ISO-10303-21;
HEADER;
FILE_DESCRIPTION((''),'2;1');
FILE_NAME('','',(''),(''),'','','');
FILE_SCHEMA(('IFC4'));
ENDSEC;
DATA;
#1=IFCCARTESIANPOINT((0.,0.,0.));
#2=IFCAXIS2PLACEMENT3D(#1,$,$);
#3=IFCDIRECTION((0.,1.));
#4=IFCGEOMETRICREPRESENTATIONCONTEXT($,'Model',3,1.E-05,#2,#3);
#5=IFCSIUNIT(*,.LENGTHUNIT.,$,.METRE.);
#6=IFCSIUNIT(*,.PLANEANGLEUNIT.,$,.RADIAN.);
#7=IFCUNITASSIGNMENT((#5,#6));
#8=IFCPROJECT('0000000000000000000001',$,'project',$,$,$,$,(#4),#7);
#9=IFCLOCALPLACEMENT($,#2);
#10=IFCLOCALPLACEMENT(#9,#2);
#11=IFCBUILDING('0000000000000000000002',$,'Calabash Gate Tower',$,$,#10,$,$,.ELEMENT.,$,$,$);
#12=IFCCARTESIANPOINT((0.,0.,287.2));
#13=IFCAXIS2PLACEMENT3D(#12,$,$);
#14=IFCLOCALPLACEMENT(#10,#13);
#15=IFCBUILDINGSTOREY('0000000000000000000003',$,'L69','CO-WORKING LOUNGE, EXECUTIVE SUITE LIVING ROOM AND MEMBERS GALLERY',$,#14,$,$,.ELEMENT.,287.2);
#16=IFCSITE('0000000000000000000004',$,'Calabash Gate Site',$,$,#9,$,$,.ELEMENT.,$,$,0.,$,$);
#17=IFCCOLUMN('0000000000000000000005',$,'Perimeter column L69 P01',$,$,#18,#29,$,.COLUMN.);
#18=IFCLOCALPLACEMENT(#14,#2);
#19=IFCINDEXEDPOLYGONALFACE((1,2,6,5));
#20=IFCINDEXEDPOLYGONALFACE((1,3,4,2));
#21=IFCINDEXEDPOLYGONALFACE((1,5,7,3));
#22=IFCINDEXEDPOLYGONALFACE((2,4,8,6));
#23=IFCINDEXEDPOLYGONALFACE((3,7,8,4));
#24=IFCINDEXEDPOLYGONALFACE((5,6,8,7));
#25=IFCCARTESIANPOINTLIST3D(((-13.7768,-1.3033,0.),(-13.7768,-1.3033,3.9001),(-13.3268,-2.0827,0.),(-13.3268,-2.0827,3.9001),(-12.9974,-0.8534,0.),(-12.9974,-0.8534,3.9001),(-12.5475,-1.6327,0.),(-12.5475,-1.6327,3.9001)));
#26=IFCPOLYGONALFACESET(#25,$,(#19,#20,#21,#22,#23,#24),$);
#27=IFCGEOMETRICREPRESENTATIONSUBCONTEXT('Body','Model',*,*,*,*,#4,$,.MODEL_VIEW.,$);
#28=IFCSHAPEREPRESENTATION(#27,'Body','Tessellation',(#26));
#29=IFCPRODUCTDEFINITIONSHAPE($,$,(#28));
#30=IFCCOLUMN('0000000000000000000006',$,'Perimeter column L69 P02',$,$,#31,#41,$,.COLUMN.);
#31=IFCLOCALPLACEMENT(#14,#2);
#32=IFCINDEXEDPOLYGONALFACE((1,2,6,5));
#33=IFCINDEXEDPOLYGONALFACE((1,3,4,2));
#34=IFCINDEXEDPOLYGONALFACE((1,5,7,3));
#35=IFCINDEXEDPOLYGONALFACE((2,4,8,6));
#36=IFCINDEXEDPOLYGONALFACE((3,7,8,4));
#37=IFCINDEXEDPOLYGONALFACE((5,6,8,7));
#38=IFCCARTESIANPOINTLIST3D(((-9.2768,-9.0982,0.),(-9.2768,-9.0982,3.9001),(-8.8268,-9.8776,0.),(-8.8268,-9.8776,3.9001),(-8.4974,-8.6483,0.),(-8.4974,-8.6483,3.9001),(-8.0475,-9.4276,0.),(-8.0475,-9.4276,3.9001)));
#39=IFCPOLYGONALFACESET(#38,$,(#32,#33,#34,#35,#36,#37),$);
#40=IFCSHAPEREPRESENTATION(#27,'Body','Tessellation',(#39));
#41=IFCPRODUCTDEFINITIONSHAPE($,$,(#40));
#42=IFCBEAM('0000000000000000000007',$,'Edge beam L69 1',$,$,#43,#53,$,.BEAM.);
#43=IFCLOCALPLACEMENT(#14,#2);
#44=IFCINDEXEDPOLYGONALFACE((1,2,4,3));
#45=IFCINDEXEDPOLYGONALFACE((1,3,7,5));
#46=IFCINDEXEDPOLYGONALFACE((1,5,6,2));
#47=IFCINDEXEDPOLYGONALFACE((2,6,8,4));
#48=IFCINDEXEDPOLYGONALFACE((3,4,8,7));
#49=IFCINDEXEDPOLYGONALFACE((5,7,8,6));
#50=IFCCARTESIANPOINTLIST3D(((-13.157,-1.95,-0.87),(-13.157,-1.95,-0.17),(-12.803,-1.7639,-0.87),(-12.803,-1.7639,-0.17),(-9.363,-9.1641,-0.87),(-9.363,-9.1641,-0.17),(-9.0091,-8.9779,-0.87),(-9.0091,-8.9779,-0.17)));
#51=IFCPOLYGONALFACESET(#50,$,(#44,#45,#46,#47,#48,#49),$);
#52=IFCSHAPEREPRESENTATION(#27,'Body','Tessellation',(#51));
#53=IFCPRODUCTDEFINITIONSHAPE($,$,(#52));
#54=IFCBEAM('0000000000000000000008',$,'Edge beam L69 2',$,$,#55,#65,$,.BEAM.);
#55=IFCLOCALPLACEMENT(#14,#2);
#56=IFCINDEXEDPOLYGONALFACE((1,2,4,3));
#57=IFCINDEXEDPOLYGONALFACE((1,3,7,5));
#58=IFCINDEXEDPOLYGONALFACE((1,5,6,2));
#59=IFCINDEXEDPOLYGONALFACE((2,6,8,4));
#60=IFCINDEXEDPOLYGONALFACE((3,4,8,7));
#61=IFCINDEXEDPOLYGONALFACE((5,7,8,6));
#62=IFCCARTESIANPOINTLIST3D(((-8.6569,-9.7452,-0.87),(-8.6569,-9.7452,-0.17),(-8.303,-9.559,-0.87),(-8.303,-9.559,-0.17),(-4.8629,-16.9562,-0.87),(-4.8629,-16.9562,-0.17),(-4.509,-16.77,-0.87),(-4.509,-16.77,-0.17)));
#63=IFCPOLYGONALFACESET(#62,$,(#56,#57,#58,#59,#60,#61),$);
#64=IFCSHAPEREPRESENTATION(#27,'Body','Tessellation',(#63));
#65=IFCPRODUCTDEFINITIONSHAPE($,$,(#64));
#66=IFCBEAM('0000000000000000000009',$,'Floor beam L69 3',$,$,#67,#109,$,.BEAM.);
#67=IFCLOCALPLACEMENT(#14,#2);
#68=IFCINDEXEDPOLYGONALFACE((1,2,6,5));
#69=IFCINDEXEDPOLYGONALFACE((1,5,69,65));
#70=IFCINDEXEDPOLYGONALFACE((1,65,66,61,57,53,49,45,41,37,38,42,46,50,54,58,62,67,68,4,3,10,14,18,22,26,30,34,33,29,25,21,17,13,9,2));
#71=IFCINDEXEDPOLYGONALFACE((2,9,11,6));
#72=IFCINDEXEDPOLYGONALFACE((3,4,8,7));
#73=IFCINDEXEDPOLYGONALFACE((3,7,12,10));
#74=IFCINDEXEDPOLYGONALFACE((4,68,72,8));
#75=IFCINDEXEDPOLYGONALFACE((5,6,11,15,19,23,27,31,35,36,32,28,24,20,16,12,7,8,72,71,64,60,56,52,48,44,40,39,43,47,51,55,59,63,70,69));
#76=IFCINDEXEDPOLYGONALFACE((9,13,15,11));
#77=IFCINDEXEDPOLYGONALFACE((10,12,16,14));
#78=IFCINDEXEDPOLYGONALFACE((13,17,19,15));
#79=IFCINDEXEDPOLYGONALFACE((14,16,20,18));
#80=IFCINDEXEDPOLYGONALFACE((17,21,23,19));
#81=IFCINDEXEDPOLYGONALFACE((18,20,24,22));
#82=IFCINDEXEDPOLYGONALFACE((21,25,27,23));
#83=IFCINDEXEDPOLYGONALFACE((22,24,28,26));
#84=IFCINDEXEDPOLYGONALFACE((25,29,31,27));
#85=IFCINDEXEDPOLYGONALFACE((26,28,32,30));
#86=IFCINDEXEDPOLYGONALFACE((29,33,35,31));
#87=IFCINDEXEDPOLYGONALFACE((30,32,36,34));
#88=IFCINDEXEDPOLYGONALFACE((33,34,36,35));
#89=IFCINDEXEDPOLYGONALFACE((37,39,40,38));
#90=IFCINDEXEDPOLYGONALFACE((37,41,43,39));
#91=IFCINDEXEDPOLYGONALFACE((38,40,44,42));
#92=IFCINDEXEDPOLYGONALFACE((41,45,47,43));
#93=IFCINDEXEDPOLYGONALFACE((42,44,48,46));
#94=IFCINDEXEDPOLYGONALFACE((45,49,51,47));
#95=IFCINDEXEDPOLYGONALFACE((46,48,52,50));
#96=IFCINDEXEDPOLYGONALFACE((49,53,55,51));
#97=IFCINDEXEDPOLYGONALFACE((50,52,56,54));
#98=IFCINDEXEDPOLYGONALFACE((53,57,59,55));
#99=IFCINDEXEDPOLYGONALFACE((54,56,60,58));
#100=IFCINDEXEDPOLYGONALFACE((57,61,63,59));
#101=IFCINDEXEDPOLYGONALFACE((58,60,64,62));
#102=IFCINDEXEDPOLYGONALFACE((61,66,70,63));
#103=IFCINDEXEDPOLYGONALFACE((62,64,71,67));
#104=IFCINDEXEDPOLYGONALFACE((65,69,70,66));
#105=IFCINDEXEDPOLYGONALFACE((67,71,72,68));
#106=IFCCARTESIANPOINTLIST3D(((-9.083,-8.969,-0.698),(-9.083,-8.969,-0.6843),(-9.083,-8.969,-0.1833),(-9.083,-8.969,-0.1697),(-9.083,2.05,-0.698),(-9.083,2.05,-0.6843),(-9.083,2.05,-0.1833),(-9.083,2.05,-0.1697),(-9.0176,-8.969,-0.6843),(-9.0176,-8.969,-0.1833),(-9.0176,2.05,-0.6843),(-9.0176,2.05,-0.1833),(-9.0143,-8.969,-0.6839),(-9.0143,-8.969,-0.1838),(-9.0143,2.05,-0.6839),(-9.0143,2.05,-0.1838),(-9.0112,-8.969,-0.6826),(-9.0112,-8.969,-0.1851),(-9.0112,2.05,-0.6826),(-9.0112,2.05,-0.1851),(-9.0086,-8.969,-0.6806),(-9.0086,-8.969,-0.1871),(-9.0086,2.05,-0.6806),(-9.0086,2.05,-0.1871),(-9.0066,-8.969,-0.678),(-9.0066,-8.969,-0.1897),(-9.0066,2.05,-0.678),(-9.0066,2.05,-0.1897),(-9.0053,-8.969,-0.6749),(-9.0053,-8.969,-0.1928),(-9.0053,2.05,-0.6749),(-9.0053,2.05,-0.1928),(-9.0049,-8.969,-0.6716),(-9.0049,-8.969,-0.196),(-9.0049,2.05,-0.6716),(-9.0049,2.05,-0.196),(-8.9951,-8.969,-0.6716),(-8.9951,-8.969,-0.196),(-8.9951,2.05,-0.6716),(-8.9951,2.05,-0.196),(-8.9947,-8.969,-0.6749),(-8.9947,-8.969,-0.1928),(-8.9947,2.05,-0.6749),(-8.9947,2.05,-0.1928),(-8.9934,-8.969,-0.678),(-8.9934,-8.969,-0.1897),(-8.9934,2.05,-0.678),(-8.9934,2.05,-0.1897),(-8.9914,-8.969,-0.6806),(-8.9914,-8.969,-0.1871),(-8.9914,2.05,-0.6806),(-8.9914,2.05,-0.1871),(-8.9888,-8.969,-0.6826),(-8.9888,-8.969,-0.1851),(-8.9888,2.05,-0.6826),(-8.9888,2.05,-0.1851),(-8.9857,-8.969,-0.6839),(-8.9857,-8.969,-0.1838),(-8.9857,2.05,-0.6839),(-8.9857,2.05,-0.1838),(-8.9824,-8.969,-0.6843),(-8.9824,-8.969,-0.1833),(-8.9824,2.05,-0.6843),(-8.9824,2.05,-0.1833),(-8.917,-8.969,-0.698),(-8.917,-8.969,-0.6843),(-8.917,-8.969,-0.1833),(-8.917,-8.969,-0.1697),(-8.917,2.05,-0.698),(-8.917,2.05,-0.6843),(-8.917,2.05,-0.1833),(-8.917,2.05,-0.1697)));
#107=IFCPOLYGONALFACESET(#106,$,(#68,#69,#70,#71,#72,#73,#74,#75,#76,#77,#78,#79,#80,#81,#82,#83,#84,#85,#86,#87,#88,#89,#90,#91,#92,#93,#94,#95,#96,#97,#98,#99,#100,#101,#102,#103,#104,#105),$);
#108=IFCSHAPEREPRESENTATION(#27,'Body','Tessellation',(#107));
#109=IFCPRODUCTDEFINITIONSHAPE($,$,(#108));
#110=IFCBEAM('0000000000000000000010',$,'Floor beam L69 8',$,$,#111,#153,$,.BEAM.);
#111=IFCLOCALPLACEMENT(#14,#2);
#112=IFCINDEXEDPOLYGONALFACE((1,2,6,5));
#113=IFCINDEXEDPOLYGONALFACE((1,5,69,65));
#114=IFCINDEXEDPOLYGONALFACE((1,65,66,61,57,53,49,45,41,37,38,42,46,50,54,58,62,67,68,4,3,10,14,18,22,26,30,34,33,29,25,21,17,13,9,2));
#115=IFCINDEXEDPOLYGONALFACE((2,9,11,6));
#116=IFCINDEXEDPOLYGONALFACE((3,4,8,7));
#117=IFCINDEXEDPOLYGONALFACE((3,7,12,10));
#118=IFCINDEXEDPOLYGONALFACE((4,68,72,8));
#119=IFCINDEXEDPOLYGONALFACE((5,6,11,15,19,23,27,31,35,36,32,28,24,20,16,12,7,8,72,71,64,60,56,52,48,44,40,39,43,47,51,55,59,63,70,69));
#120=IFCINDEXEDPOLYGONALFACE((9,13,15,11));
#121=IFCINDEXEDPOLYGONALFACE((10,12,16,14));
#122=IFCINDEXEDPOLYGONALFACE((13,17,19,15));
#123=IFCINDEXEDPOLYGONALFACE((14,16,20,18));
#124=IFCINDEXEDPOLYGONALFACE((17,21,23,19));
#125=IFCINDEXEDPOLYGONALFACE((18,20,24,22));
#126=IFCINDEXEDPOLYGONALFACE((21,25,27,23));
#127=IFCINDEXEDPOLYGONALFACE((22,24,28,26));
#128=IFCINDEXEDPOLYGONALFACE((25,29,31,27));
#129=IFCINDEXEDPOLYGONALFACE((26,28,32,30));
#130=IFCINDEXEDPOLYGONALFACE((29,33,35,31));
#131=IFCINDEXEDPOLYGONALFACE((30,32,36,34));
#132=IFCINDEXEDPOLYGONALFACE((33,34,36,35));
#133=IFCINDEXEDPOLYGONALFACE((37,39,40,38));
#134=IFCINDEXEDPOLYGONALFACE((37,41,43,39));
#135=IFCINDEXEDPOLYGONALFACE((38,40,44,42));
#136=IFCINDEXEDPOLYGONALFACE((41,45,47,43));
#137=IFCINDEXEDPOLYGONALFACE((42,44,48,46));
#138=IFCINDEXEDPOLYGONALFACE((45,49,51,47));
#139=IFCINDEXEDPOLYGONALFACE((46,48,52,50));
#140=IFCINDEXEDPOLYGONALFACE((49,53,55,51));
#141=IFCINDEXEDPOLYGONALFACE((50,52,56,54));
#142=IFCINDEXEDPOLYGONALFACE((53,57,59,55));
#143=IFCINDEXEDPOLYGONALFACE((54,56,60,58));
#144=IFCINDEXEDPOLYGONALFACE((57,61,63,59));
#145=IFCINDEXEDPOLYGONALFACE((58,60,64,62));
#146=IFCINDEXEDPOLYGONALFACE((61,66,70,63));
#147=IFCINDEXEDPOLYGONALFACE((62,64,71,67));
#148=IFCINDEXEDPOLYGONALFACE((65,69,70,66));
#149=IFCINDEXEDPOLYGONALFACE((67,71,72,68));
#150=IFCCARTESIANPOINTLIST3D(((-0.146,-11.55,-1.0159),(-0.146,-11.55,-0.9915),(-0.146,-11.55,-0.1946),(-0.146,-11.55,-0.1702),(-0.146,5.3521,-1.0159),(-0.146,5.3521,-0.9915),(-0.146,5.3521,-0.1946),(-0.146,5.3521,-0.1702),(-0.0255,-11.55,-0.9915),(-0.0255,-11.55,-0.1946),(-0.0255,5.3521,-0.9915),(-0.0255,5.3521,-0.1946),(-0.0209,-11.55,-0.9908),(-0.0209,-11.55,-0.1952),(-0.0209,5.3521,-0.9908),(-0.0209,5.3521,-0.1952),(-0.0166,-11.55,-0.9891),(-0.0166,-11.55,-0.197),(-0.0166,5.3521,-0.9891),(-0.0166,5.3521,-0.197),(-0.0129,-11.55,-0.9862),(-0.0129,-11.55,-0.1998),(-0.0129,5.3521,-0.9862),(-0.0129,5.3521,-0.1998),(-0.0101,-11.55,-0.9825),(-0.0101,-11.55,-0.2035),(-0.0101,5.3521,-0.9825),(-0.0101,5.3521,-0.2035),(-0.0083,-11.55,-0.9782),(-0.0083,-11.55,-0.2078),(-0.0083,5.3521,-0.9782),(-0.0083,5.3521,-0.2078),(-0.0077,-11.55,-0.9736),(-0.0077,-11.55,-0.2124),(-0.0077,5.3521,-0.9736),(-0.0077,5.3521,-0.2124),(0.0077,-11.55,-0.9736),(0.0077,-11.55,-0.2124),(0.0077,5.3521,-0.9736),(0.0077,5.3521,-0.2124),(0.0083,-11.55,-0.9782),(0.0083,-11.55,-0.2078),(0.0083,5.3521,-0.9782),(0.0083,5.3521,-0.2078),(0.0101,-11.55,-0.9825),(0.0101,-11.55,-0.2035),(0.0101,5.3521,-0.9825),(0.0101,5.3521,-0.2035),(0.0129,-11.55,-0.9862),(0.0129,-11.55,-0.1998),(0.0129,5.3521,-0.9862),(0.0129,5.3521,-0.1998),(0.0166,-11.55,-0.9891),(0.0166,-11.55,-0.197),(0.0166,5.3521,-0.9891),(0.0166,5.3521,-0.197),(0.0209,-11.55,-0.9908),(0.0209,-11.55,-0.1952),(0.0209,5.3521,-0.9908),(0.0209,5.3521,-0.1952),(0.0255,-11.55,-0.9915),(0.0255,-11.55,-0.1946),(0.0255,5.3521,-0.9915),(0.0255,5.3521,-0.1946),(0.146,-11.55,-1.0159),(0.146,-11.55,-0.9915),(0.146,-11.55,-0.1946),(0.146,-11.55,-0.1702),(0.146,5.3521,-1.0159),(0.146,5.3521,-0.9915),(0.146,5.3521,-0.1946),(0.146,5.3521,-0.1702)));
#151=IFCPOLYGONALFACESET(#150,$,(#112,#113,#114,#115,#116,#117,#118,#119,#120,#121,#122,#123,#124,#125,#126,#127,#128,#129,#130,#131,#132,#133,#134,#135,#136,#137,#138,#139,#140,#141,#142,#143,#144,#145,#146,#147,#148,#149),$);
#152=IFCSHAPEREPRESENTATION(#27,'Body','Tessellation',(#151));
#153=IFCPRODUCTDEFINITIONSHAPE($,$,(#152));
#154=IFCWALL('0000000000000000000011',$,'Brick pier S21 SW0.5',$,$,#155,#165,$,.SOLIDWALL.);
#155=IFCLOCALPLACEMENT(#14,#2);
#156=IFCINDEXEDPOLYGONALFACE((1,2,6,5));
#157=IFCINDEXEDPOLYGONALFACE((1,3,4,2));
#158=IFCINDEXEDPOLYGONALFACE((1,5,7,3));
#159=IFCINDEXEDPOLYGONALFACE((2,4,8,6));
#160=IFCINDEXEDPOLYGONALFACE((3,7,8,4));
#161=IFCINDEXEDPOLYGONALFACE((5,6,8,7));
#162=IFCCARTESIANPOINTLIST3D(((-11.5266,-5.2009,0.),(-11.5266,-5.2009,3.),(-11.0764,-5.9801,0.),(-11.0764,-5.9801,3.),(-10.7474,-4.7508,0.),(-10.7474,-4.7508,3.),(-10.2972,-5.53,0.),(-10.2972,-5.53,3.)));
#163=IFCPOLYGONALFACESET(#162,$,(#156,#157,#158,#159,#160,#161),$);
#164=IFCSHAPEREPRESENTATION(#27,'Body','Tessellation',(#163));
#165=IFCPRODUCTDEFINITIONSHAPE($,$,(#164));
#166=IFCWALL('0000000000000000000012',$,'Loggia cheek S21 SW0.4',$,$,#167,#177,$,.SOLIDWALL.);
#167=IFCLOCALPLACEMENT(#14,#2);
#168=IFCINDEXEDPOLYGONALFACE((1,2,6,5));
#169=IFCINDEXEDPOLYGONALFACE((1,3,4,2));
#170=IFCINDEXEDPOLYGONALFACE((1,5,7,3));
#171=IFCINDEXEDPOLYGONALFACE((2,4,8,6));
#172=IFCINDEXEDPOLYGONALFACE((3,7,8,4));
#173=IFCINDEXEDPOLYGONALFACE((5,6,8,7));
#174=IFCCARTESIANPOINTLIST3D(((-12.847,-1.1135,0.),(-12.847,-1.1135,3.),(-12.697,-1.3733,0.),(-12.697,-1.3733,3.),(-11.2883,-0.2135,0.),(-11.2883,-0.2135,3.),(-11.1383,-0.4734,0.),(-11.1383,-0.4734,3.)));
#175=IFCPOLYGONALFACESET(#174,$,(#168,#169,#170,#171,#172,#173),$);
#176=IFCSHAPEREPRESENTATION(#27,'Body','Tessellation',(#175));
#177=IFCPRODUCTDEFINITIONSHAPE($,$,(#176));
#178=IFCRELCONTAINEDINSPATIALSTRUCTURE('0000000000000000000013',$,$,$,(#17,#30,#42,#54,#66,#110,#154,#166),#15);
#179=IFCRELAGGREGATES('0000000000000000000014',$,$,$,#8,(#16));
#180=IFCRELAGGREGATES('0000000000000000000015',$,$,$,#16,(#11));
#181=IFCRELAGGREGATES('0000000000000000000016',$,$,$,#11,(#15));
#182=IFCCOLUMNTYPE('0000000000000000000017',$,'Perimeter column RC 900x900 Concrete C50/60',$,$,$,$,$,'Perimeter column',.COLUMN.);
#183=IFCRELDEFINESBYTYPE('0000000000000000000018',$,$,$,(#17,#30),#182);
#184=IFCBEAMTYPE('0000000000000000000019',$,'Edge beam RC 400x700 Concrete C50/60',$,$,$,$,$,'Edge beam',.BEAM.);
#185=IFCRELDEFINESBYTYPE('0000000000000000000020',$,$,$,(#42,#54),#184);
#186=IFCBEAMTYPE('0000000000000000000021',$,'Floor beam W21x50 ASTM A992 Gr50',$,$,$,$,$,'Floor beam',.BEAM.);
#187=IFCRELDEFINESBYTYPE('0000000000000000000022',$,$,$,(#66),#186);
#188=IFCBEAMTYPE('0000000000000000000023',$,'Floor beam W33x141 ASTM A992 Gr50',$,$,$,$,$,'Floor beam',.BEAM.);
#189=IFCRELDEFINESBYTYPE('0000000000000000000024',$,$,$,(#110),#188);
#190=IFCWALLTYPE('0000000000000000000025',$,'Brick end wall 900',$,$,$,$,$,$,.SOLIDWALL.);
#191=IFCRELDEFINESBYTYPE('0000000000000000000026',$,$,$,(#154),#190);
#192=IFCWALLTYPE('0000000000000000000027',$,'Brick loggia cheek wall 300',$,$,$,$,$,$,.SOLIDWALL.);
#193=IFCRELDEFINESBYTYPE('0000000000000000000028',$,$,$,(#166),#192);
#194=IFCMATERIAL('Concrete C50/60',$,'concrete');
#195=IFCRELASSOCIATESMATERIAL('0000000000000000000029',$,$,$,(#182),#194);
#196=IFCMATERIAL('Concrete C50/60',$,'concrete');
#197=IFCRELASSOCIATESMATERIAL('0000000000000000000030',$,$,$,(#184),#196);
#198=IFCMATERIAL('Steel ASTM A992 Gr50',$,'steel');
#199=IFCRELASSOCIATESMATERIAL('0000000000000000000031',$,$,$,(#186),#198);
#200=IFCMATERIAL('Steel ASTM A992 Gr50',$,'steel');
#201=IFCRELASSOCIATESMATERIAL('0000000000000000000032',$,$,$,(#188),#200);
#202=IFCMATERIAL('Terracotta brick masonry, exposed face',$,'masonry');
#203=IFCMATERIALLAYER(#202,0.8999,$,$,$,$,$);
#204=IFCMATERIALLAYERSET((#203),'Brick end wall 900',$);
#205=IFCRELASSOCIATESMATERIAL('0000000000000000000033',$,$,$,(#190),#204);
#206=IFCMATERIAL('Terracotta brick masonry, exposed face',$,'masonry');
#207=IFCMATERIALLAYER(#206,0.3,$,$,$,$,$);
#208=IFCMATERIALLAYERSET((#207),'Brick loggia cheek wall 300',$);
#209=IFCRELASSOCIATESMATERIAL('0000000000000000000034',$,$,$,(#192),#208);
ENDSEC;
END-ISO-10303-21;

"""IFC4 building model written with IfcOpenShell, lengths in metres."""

from ifc_helpers import new_model, si_unit, direction, frame, frame_2d, origin, origin_2d, place, context, subcontext, project, spatial, rectangle, i_section, extrude, material, layer, layer_set, material_profile, profile_set, type_object, element, save


model = new_model("IFC4")

# Units and contexts
model_context = context("Model", 3, precision=1e-05, world=origin(), true_north=direction((0.0, 1.0)))
body_context = subcontext(model_context, "Body", "Model", "MODEL_VIEW")
ifc_project = project(units=[si_unit("LENGTHUNIT", "METRE"), si_unit("PLANEANGLEUNIT", "RADIAN")], contexts=[model_context])

# Site, building, storey
site_placement = place(None, origin())
site = spatial("IfcSite", under=ifc_project, at=site_placement, Name="Calabash Gate Site", CompositionType="ELEMENT", RefElevation=0.0)
building_placement = place(site_placement, origin())
building = spatial("IfcBuilding", under=site, at=building_placement, Name="Calabash Gate Tower", CompositionType="ELEMENT")
storey_placement = place(building_placement, frame((0.0, 0.0, 287.2)))
storey = spatial("IfcBuildingStorey", under=building, at=storey_placement, Name="L69", Description="CO-WORKING LOUNGE, EXECUTIVE SUITE LIVING ROOM AND MEMBERS GALLERY", CompositionType="ELEMENT", Elevation=287.2)

# Columns
ifc_material_1 = material(Name="Concrete C50/60", Category="concrete")
ifc_material_profile_1 = material_profile(ifc_material_1, rectangle(XDim=0.8999, YDim=0.8999, at=origin_2d()))
ifc_profile_set_1 = profile_set([ifc_material_profile_1], Name="Concrete C50/60")
column_type = type_object("IfcColumnType", Name="Perimeter column RC 900x900 Concrete C50/60", ElementType="Perimeter column", PredefinedType="COLUMN", material=ifc_profile_set_1)
for number, where, z_axis, x_axis, name in (
    (1, (-13.1621, -1.468, 0.0), (0.0, 0.0, 1.0), (0.5, -0.866025, 0.0), "Perimeter column L69 P01"),
    (2, (-8.6621, -9.2629, 0.0), (0.0, 0.0, 1.0), (0.5, -0.866025, 0.0), "Perimeter column L69 P02"),
):
    element("IfcColumn", number, at=place(storey_placement, frame(where, z_axis=z_axis, x_axis=x_axis)), inside=storey, type_object=column_type, Name=name, PredefinedType="COLUMN", context=body_context, shape_type="SweptSolid", body=[
        extrude(rectangle(XDim=0.8999, YDim=0.8999, at=origin_2d()), origin(), (0.0, 0.0, 1.0), 3.9001),
    ])

# Beams
ifc_material_2 = material(Name="Concrete C50/60", Category="concrete")
ifc_material_profile_2 = material_profile(ifc_material_2, rectangle(XDim=0.3999, YDim=0.7, at=origin_2d()))
ifc_profile_set_2 = profile_set([ifc_material_profile_2], Name="Concrete C50/60")
beam_type_1 = type_object("IfcBeamType", Name="Edge beam RC 400x700 Concrete C50/60", ElementType="Edge beam", PredefinedType="BEAM", material=ifc_profile_set_2)
beam_1_placement = place(storey_placement, frame((-12.98, -1.8569, -0.52), z_axis=(0.465462, -0.885068, 0.0), x_axis=(0.885068, 0.465462, 0.0)))
element("IfcBeam", 3, at=beam_1_placement, inside=storey, type_object=beam_type_1, Name="Edge beam L69 1", PredefinedType="BEAM", context=body_context, shape_type="SweptSolid", body=[
    extrude(rectangle(XDim=0.3999, YDim=0.7, at=origin_2d()), origin(), (0.0, 0.0, 1.0), 8.1509),
])
beam_2_placement = place(storey_placement, frame((-8.48, -9.6521, -0.52), z_axis=(0.465623, -0.884983, 0.0), x_axis=(0.884983, 0.465623, 0.0)))
element("IfcBeam", 4, at=beam_2_placement, inside=storey, type_object=beam_type_1, Name="Edge beam L69 2", PredefinedType="BEAM", context=body_context, shape_type="SweptSolid", body=[
    extrude(rectangle(XDim=0.3999, YDim=0.7, at=origin_2d()), origin(), (0.0, 0.0, 1.0), 8.1482),
])
ifc_material_3 = material(Name="Steel ASTM A992 Gr50", Category="steel")
ifc_material_profile_3 = material_profile(ifc_material_3, i_section(OverallWidth=0.166, OverallDepth=0.5283, WebThickness=0.0098, FlangeThickness=0.0137, FilletRadius=0.0127, at=origin_2d()))
ifc_profile_set_3 = profile_set([ifc_material_profile_3], Name="Steel ASTM A992 Gr50")
beam_type_2 = type_object("IfcBeamType", Name="Floor beam W21x50 ASTM A992 Gr50", ElementType="Floor beam", PredefinedType="BEAM", material=ifc_profile_set_3)
beam_3_placement = place(storey_placement, frame((-9.0, -8.969, -0.4338), z_axis=(0.0, 1.0, 0.0), x_axis=(-1.0, 0.0, 0.0)))
element("IfcBeam", 5, at=beam_3_placement, inside=storey, type_object=beam_type_2, Name="Floor beam L69 3", PredefinedType="BEAM", context=body_context, shape_type="SweptSolid", body=[
    extrude(i_section(OverallWidth=0.166, OverallDepth=0.5283, WebThickness=0.0098, FlangeThickness=0.0137, FilletRadius=0.0127, at=origin_2d()), origin(), (0.0, 0.0, 1.0), 11.019),
])
ifc_material_4 = material(Name="Steel ASTM A992 Gr50", Category="steel")
ifc_material_profile_4 = material_profile(ifc_material_4, i_section(OverallWidth=0.292, OverallDepth=0.8457, WebThickness=0.0154, FlangeThickness=0.0244, FilletRadius=0.0178, at=origin_2d()))
ifc_profile_set_4 = profile_set([ifc_material_profile_4], Name="Steel ASTM A992 Gr50")
beam_type_3 = type_object("IfcBeamType", Name="Floor beam W33x141 ASTM A992 Gr50", ElementType="Floor beam", PredefinedType="BEAM", material=ifc_profile_set_4)
beam_4_placement = place(storey_placement, frame((0.0, -11.55, -0.593), z_axis=(0.0, 1.0, 0.0), x_axis=(-1.0, 0.0, 0.0)))
element("IfcBeam", 6, at=beam_4_placement, inside=storey, type_object=beam_type_3, Name="Floor beam L69 8", PredefinedType="BEAM", context=body_context, shape_type="SweptSolid", body=[
    extrude(i_section(OverallWidth=0.292, OverallDepth=0.8457, WebThickness=0.0154, FlangeThickness=0.0244, FilletRadius=0.0178, at=origin_2d()), origin(), (0.0, 0.0, 1.0), 16.9021),
])

# Walls
ifc_material_5 = material(Name="Terracotta brick masonry, exposed face", Category="masonry")
ifc_layer_1 = layer(ifc_material_5, 0.8999)
ifc_layer_set_1 = layer_set([ifc_layer_1], Name="Brick end wall 900")
wall_type_1 = type_object("IfcWallType", Name="Brick end wall 900", PredefinedType="SOLIDWALL", material=ifc_layer_set_1)
wall_1_placement = place(storey_placement, frame((-11.137, -4.9758, 0.0), z_axis=(0.0, 0.0, 1.0), x_axis=(0.500223, -0.865896, 0.0)))
element("IfcWall", 7, at=wall_1_placement, inside=storey, type_object=wall_type_1, Name="Brick pier S21 SW0.5", PredefinedType="SOLIDWALL", context=body_context, shape_type="SweptSolid", body=[
    extrude(rectangle(XDim=0.8999, YDim=0.8999, at=frame_2d((0.45, 0.0))), origin(), (0.0, 0.0, 1.0), 3.0),
])
ifc_material_6 = material(Name="Terracotta brick masonry, exposed face", Category="masonry")
ifc_layer_2 = layer(ifc_material_6, 0.3)
ifc_layer_set_2 = layer_set([ifc_layer_2], Name="Brick loggia cheek wall 300")
wall_type_2 = type_object("IfcWallType", Name="Brick loggia cheek wall 300", PredefinedType="SOLIDWALL", material=ifc_layer_set_2)
wall_2_placement = place(storey_placement, frame((-12.772, -1.2434, 0.0), z_axis=(0.0, 0.0, 1.0), x_axis=(0.866014, 0.50002, 0.0)))
element("IfcWall", 8, at=wall_2_placement, inside=storey, type_object=wall_type_2, Name="Loggia cheek S21 SW0.4", PredefinedType="SOLIDWALL", context=body_context, shape_type="SweptSolid", body=[
    extrude(rectangle(XDim=1.7998, YDim=0.3, at=frame_2d((0.8999, 0.0))), origin(), (0.0, 0.0, 1.0), 3.0),
])

save(model, "model.ifc")
